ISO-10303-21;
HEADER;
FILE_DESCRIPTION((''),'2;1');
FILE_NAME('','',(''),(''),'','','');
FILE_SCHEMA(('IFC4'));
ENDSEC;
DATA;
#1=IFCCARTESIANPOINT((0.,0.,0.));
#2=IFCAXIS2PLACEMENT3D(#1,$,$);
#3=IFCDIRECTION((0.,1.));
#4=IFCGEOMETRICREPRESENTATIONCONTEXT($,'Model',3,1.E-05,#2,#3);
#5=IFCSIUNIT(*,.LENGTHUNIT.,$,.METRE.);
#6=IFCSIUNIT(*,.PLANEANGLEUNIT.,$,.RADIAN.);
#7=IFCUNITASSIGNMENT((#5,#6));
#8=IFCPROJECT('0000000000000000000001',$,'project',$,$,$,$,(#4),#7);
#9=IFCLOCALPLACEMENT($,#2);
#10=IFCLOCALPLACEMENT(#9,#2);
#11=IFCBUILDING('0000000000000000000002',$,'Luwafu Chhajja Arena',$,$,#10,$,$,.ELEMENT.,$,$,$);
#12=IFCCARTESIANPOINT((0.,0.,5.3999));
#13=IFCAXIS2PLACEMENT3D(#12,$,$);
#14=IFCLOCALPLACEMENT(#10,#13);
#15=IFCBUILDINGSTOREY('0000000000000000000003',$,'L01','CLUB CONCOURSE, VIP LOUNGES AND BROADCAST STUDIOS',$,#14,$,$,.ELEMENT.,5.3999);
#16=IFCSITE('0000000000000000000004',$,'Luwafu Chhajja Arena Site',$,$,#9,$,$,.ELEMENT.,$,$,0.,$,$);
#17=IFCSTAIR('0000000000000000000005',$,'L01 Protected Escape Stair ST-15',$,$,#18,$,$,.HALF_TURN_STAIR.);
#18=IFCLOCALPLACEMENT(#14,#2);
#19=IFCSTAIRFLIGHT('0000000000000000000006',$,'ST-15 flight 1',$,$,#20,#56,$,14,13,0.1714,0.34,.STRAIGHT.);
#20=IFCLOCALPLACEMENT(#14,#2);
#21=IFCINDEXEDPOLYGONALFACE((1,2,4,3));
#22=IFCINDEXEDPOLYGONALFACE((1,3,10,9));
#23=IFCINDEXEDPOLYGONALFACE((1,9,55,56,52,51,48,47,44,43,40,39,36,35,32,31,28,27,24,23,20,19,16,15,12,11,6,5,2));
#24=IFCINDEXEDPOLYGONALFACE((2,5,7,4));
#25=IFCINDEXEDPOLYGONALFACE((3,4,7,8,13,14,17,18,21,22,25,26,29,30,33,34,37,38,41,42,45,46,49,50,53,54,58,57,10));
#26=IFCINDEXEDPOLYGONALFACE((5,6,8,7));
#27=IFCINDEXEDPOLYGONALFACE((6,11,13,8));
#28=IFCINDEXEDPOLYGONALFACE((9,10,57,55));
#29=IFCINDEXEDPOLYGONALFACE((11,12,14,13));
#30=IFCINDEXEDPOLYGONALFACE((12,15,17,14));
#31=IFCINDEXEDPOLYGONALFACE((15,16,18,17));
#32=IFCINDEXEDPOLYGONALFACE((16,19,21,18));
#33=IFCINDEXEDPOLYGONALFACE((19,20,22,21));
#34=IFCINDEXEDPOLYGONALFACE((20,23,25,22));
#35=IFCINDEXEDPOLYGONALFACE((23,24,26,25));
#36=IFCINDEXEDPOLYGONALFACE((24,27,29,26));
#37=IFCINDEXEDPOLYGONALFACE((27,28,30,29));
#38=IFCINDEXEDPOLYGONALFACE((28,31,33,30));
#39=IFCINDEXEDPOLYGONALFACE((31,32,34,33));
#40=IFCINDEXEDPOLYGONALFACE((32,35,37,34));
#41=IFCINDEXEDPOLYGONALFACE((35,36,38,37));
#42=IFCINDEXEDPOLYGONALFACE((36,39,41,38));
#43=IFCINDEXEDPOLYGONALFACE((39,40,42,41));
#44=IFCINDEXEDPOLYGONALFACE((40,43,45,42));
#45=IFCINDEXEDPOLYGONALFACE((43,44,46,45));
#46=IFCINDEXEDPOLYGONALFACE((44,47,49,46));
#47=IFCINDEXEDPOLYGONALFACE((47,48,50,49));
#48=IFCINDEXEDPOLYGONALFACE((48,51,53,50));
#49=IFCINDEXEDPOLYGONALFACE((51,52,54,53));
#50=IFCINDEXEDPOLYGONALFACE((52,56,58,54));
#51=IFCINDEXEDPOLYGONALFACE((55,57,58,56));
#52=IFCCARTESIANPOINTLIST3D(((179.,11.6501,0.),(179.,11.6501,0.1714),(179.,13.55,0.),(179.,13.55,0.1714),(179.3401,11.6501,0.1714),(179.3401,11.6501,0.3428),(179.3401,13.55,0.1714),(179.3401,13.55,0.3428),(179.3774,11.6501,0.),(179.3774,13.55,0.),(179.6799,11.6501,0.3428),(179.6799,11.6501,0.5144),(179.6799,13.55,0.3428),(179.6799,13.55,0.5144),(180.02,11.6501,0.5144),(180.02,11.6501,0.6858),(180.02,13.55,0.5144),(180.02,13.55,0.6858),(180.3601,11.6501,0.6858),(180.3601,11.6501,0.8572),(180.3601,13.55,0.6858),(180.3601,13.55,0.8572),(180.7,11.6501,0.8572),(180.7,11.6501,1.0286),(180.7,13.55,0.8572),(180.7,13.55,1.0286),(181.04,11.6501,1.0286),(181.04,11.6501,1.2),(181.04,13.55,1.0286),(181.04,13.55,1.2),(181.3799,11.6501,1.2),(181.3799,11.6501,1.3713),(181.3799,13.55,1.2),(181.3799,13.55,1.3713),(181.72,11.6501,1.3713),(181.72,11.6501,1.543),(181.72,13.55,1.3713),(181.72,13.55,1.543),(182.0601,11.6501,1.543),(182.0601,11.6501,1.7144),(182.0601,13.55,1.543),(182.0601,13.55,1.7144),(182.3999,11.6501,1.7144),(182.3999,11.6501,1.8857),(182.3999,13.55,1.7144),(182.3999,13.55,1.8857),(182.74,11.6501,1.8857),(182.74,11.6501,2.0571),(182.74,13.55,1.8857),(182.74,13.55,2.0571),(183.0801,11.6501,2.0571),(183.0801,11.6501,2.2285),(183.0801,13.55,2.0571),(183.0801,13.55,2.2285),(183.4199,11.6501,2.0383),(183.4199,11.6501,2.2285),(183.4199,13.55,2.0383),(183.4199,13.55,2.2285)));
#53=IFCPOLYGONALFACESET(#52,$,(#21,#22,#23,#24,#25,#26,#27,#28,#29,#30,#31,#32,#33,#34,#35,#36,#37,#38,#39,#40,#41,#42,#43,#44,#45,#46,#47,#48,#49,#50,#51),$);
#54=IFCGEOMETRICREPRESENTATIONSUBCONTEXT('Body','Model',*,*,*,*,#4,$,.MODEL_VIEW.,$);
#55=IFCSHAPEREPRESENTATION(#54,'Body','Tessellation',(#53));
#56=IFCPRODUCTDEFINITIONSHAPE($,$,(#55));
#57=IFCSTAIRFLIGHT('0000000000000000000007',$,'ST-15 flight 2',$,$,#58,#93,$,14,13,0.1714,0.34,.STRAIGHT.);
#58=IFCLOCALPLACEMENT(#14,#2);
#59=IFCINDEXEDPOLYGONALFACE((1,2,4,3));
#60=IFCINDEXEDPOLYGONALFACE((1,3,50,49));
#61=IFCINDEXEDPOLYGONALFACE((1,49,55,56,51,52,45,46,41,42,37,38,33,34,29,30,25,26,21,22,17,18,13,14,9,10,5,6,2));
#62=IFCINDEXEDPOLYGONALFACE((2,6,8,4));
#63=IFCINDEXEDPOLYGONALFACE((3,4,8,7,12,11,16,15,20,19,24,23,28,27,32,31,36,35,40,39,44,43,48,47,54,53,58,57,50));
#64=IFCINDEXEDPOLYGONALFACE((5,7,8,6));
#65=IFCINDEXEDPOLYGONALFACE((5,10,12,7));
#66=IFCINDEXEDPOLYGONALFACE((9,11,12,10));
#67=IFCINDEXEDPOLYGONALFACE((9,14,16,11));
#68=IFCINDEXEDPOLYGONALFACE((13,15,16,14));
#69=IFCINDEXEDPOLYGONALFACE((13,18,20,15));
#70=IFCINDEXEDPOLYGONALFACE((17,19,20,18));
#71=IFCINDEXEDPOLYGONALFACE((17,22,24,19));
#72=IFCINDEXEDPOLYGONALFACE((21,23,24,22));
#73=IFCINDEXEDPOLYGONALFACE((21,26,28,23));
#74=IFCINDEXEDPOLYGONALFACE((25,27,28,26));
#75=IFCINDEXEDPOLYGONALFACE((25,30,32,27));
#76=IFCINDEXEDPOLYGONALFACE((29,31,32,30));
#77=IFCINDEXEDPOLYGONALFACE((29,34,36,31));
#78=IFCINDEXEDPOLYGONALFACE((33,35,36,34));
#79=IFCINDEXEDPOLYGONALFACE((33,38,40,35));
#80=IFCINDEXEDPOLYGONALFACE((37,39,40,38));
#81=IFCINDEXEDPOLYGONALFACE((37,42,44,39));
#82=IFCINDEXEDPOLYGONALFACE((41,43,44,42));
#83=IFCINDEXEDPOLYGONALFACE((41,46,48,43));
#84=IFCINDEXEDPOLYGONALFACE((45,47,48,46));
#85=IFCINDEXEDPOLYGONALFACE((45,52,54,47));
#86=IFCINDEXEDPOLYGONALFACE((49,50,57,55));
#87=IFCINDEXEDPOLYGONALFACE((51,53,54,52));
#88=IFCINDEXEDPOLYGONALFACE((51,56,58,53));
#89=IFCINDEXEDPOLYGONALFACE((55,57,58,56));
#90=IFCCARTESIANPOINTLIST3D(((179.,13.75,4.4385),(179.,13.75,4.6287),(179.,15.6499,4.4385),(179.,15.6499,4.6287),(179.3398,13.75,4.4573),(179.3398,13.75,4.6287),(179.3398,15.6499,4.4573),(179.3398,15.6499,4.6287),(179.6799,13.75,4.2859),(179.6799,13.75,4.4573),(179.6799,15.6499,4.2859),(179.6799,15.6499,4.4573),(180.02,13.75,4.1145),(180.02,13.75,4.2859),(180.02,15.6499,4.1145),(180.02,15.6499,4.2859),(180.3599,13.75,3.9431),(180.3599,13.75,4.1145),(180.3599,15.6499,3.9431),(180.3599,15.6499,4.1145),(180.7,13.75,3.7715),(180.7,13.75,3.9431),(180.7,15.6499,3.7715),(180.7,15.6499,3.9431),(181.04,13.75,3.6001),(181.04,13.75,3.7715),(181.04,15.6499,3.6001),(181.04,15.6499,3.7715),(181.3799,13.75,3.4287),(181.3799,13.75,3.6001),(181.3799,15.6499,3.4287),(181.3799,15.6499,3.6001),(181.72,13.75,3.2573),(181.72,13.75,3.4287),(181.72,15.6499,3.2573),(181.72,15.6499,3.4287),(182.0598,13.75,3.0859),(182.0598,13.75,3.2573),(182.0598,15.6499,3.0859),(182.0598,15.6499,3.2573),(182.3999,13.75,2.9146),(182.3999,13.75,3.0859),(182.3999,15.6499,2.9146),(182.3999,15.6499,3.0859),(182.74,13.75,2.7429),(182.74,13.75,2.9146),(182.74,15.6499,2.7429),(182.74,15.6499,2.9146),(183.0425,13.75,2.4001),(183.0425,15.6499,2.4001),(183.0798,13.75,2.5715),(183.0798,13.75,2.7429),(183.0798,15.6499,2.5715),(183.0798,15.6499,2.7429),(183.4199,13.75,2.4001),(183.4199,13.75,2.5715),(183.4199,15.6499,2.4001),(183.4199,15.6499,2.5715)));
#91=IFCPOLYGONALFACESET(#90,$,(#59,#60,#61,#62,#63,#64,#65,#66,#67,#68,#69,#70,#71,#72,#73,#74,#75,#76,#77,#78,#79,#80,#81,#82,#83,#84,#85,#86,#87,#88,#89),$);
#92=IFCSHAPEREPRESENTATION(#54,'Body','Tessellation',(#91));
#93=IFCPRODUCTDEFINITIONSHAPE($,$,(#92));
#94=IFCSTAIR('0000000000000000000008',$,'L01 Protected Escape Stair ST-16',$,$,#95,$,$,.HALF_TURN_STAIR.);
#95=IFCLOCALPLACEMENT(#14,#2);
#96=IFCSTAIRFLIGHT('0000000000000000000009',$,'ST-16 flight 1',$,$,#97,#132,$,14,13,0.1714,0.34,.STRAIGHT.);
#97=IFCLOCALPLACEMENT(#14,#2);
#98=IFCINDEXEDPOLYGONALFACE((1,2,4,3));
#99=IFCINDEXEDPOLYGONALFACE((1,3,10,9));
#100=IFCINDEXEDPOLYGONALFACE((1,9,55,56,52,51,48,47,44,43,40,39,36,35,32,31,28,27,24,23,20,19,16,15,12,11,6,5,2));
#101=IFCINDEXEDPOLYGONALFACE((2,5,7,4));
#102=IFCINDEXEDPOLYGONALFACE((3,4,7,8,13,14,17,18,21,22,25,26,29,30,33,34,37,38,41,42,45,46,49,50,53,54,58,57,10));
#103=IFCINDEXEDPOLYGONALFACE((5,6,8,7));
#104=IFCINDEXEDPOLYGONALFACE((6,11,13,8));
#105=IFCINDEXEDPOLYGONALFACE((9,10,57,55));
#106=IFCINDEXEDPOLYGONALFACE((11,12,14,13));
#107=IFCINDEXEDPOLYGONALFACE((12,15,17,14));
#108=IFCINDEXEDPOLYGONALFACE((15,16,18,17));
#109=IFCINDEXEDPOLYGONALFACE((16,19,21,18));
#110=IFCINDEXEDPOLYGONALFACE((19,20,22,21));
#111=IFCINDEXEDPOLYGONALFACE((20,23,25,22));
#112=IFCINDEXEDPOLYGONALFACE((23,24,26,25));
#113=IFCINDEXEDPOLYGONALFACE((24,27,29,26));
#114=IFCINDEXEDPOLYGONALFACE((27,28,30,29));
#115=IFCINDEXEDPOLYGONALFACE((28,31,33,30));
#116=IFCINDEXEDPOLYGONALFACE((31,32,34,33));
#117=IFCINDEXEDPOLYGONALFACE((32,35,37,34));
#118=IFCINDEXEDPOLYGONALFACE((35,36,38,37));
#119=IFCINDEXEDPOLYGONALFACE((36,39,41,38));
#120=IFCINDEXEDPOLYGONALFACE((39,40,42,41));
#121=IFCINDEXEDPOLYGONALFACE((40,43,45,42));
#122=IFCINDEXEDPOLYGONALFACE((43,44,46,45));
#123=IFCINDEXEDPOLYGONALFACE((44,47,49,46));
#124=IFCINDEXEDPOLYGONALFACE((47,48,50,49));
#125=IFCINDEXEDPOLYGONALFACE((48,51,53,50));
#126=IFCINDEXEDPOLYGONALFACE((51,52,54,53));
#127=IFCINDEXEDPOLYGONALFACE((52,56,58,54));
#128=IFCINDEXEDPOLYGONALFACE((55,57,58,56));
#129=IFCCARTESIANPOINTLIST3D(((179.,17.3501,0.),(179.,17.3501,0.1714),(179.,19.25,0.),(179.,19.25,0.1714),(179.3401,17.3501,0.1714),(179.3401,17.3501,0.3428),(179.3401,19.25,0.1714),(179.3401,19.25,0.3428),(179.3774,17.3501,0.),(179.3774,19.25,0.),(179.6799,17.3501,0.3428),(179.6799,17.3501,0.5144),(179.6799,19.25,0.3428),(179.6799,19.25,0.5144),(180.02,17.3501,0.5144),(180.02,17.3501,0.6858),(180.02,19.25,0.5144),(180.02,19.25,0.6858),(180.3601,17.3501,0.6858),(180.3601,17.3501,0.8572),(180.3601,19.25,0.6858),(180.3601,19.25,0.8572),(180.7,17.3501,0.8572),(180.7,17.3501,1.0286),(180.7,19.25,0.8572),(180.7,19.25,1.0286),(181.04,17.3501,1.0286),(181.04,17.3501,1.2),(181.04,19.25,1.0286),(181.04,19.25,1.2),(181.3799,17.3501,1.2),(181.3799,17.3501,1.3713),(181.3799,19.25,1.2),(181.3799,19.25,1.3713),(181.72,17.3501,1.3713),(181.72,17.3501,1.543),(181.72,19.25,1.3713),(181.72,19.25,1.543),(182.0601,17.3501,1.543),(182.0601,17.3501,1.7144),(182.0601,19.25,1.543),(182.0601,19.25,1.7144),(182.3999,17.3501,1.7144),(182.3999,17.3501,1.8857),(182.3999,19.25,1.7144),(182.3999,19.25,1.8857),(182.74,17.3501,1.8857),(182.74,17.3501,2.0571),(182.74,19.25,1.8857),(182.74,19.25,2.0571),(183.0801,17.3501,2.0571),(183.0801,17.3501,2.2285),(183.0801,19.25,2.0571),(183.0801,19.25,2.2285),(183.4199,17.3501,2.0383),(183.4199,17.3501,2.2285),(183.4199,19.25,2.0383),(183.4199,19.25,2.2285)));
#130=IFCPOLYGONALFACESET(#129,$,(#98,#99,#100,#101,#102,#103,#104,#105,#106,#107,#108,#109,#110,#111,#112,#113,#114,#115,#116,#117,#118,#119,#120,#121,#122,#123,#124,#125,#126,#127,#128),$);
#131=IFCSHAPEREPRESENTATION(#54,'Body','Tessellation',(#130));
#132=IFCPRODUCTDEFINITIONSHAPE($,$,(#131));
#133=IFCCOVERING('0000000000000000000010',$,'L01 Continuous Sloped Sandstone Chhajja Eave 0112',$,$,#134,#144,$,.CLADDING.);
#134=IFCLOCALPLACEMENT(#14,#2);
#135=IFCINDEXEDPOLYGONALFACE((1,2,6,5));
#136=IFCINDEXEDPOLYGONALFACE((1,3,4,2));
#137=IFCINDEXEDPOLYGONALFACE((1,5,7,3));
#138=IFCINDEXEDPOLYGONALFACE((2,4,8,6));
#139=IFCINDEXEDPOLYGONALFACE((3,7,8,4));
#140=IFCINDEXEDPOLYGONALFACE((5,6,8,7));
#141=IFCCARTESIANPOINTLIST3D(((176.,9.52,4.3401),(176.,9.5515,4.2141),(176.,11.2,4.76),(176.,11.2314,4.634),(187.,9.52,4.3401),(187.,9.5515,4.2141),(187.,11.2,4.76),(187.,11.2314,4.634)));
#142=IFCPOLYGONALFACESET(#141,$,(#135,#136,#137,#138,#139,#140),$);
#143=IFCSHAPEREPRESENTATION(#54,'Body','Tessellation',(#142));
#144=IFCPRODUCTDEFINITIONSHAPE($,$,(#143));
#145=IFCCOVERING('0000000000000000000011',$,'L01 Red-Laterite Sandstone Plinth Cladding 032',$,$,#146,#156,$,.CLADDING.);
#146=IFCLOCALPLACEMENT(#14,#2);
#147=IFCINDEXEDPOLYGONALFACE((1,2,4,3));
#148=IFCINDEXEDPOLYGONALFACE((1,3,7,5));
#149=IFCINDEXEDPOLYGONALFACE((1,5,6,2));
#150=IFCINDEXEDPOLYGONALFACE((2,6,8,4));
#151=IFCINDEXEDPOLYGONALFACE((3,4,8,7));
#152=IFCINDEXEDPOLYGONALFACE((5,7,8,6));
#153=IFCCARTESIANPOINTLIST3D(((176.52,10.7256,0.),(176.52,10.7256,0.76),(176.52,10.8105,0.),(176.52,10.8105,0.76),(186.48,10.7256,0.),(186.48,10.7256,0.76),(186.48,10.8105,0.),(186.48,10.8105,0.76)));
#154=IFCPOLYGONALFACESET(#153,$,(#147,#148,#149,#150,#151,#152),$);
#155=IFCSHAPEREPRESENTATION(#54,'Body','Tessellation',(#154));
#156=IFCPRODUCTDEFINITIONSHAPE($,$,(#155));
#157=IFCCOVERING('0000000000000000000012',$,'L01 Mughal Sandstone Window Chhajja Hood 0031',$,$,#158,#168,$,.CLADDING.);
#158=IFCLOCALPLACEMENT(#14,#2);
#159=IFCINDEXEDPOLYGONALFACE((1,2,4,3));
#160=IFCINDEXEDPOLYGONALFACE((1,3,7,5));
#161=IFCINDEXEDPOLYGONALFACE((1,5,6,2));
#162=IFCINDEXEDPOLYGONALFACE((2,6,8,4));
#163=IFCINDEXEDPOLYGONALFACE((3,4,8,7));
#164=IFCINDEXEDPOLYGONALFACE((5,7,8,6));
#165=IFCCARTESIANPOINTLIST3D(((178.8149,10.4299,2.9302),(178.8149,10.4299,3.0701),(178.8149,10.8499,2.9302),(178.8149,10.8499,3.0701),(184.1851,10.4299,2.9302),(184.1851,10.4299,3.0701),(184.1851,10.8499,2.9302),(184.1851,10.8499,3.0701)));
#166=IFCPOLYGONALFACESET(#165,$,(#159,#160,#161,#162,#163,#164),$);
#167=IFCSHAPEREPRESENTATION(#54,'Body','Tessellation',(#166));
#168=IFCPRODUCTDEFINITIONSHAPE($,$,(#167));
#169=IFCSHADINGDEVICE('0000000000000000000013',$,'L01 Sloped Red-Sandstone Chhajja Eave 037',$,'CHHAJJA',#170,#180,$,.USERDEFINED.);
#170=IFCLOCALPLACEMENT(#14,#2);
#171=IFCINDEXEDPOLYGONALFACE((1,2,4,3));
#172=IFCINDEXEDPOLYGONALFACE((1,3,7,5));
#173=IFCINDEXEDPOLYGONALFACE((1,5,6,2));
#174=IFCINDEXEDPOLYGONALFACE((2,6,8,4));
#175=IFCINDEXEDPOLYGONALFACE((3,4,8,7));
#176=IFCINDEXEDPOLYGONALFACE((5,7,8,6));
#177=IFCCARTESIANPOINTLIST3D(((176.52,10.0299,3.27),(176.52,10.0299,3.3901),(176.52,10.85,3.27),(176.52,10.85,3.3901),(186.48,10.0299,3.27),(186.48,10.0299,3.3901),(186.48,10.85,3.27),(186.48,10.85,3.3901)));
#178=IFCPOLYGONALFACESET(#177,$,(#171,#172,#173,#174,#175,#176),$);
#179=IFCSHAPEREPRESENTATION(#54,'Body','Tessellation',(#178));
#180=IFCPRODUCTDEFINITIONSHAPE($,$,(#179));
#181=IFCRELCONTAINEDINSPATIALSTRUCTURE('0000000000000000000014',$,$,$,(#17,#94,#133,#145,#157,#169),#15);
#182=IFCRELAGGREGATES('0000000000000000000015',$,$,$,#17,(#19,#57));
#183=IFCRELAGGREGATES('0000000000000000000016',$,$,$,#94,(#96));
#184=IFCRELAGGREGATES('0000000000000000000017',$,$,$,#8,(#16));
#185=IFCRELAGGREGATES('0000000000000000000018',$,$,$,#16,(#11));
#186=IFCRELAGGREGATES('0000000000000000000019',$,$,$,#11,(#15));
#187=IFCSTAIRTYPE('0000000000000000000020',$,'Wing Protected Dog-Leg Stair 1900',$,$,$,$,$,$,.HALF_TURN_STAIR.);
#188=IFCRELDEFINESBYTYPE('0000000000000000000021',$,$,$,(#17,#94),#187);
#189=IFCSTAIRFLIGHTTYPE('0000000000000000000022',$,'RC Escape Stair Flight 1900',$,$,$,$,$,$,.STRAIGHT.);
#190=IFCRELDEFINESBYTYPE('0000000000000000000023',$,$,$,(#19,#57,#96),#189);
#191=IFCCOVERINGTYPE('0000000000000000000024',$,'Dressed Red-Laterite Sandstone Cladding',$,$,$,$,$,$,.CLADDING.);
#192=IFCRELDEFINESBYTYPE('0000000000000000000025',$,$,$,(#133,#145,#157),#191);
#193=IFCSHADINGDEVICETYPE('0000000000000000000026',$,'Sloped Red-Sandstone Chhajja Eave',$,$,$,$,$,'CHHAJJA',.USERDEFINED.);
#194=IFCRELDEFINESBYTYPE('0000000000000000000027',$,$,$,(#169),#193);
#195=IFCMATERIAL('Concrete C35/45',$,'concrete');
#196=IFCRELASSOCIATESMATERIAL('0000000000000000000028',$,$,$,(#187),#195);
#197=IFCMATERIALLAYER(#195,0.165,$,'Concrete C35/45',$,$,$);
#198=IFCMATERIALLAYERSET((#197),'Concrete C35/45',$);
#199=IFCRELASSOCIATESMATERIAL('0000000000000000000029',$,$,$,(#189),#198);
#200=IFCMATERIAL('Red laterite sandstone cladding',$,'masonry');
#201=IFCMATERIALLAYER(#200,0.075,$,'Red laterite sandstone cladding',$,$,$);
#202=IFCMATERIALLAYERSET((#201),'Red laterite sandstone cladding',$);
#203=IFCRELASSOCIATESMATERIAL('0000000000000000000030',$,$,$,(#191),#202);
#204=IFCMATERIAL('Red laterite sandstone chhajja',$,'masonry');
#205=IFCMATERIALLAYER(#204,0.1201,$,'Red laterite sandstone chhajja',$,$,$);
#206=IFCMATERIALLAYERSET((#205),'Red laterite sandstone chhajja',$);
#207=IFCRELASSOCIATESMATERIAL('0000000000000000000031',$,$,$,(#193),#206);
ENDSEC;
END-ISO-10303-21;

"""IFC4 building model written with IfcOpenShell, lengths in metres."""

from ifc_helpers import new_model, si_unit, direction, frame, origin, origin_2d, place, context, subcontext, project, spatial, polyline, rectangle, outline, extrude, material, layer, layer_set, type_object, element, aggregate, save


model = new_model("IFC4")

# Units and contexts
model_context = context("Model", 3, precision=1e-05, world=origin(), true_north=direction((0.0, 1.0)))
body_context = subcontext(model_context, "Body", "Model", "MODEL_VIEW")
ifc_project = project(units=[si_unit("LENGTHUNIT", "METRE"), si_unit("PLANEANGLEUNIT", "RADIAN")], contexts=[model_context])

# Site, building, storey
site_placement = place(None, origin())
site = spatial("IfcSite", under=ifc_project, at=site_placement, Name="Luwafu Chhajja Arena Site", CompositionType="ELEMENT", RefElevation=0.0)
building_placement = place(site_placement, origin())
building = spatial("IfcBuilding", under=site, at=building_placement, Name="Luwafu Chhajja Arena", CompositionType="ELEMENT")
storey_placement = place(building_placement, frame((0.0, 0.0, 5.3999)))
storey = spatial("IfcBuildingStorey", under=building, at=storey_placement, Name="L01", Description="CLUB CONCOURSE, VIP LOUNGES AND BROADCAST STUDIOS", CompositionType="ELEMENT", Elevation=5.3999)

# Shared definitions
ifc_material_1 = material(Name="Concrete C35/45", Category="concrete")

# Stair, stair flights
stair_type = type_object("IfcStairType", Name="Wing Protected Dog-Leg Stair 1900", PredefinedType="HALF_TURN_STAIR", material=ifc_material_1)
stair_1_placement = place(storey_placement, origin())
stair_1 = element("IfcStair", 1, at=stair_1_placement, inside=storey, type_object=stair_type, Name="L01 Protected Escape Stair ST-15", PredefinedType="HALF_TURN_STAIR")
ifc_layer_1 = layer(ifc_material_1, 0.165, Name="Concrete C35/45")
ifc_layer_set_1 = layer_set([ifc_layer_1], Name="Concrete C35/45")
stair_flight_type = type_object("IfcStairFlightType", Name="RC Escape Stair Flight 1900", PredefinedType="STRAIGHT", material=ifc_layer_set_1)
stair_flight_1_placement = place(storey_placement, frame((179.0, 12.6001, 0.0), z_axis=(0.0, 0.0, 1.0), x_axis=(1.0, 0.0, 0.0)))
stair_flight_1 = element("IfcStairFlight", 2, at=stair_flight_1_placement, type_object=stair_flight_type, Name="ST-15 flight 1", NumberOfRisers=14, NumberOfTreads=13, PredefinedType="STRAIGHT", RiserHeight=0.1714, TreadLength=0.34, context=body_context, shape_type="SweptSolid", body=[
    extrude(outline(polyline([(0.0, 0.0), (0.0, 0.1714), (0.3401, 0.1714), (0.3401, 0.3428), (0.6799, 0.3428), (0.6799, 0.5144), (1.02, 0.5144), (1.02, 0.6858), (1.3601, 0.6858), (1.3601, 0.8572), (1.7, 0.8572), (1.7, 1.0286), (2.04, 1.0286), (2.04, 1.2), (2.3799, 1.2), (2.3799, 1.3713), (2.72, 1.3713), (2.72, 1.543), (3.0601, 1.543), (3.0601, 1.7144), (3.3999, 1.7144), (3.3999, 1.8857), (3.74, 1.8857), (3.74, 2.0571), (4.0801, 2.0571), (4.0801, 2.2285), (4.4199, 2.2285), (4.4199, 2.3999), (4.4199, 2.0383), (0.3774, 0.0), (0.0, 0.0)])), frame((0.0, 0.95, 0.0), z_axis=(0.0, -1.0, 0.0), x_axis=(1.0, 0.0, 0.0)), (0.0, 0.0, 1.0), 1.8999),
])
stair_flight_2_placement = place(storey_placement, frame((183.4199, 14.7, 2.4001), z_axis=(0.0, 0.0, 1.0), x_axis=(-1.0, 0.0, 0.0)))
stair_flight_2 = element("IfcStairFlight", 3, at=stair_flight_2_placement, type_object=stair_flight_type, Name="ST-15 flight 2", NumberOfRisers=14, NumberOfTreads=13, PredefinedType="STRAIGHT", RiserHeight=0.1714, TreadLength=0.34, context=body_context, shape_type="SweptSolid", body=[
    extrude(outline(polyline([(0.0, 0.0), (0.0, 0.1714), (0.3401, 0.1714), (0.3401, 0.3428), (0.6799, 0.3428), (0.6799, 0.5144), (1.02, 0.5144), (1.02, 0.6858), (1.3601, 0.6858), (1.3601, 0.8572), (1.7, 0.8572), (1.7, 1.0286), (2.04, 1.0286), (2.04, 1.2), (2.3799, 1.2), (2.3799, 1.3713), (2.72, 1.3713), (2.72, 1.543), (3.0601, 1.543), (3.0601, 1.7144), (3.3999, 1.7144), (3.3999, 1.8857), (3.74, 1.8857), (3.74, 2.0571), (4.0801, 2.0571), (4.0801, 2.2285), (4.4199, 2.2285), (4.4199, 2.3999), (4.4199, 2.0383), (0.3774, 0.0), (0.0, 0.0)])), frame((0.0, 0.95, 0.0), z_axis=(0.0, -1.0, 0.0), x_axis=(1.0, 0.0, 0.0)), (0.0, 0.0, 1.0), 1.8999),
])
aggregate(stair_1, [stair_flight_1, stair_flight_2])

# Stair, stair flight
stair_2_placement = place(storey_placement, origin())
stair_2 = element("IfcStair", 4, at=stair_2_placement, inside=storey, type_object=stair_type, Name="L01 Protected Escape Stair ST-16", PredefinedType="HALF_TURN_STAIR")
stair_flight_3_placement = place(storey_placement, frame((179.0, 18.3, 0.0), z_axis=(0.0, 0.0, 1.0), x_axis=(1.0, 0.0, 0.0)))
stair_flight_3 = element("IfcStairFlight", 5, at=stair_flight_3_placement, type_object=stair_flight_type, Name="ST-16 flight 1", NumberOfRisers=14, NumberOfTreads=13, PredefinedType="STRAIGHT", RiserHeight=0.1714, TreadLength=0.34, context=body_context, shape_type="SweptSolid", body=[
    extrude(outline(polyline([(0.0, 0.0), (0.0, 0.1714), (0.3401, 0.1714), (0.3401, 0.3428), (0.6799, 0.3428), (0.6799, 0.5144), (1.02, 0.5144), (1.02, 0.6858), (1.3601, 0.6858), (1.3601, 0.8572), (1.7, 0.8572), (1.7, 1.0286), (2.04, 1.0286), (2.04, 1.2), (2.3799, 1.2), (2.3799, 1.3713), (2.72, 1.3713), (2.72, 1.543), (3.0601, 1.543), (3.0601, 1.7144), (3.3999, 1.7144), (3.3999, 1.8857), (3.74, 1.8857), (3.74, 2.0571), (4.0801, 2.0571), (4.0801, 2.2285), (4.4199, 2.2285), (4.4199, 2.3999), (4.4199, 2.0383), (0.3774, 0.0), (0.0, 0.0)])), frame((0.0, 0.95, 0.0), z_axis=(0.0, -1.0, 0.0), x_axis=(1.0, 0.0, 0.0)), (0.0, 0.0, 1.0), 1.8999),
])
aggregate(stair_2, [stair_flight_3])

# Coverings
ifc_material_2 = material(Name="Red laterite sandstone cladding", Category="masonry")
ifc_layer_2 = layer(ifc_material_2, 0.075, Name="Red laterite sandstone cladding")
ifc_layer_set_2 = layer_set([ifc_layer_2], Name="Red laterite sandstone cladding")
covering_type = type_object("IfcCoveringType", Name="Dressed Red-Laterite Sandstone Cladding", PredefinedType="CLADDING", material=ifc_layer_set_2)
covering_1_placement = place(storey_placement, frame((176.0, 11.2, 4.76), z_axis=(0.0, -0.242502, 0.970151), x_axis=(1.0, 0.0, 0.0)))
element("IfcCovering", 6, at=covering_1_placement, inside=storey, type_object=covering_type, Name="L01 Continuous Sloped Sandstone Chhajja Eave 0112", PredefinedType="CLADDING", context=body_context, shape_type="SweptSolid", body=[
    extrude(outline(polyline([(0.0, 0.0), (11.0, 0.0), (11.0, -1.7316), (0.0, -1.7316), (0.0, 0.0)])), origin(), (0.0, 0.0, -1.0), 0.1299),
])
covering_2_placement = place(storey_placement, frame((181.5, 10.7681, 0.0), z_axis=(0.0, 0.0, 1.0), x_axis=(1.0, 0.0, 0.0)))
element("IfcCovering", 7, at=covering_2_placement, inside=storey, type_object=covering_type, Name="L01 Red-Laterite Sandstone Plinth Cladding 032", PredefinedType="CLADDING", context=body_context, shape_type="SweptSolid", body=[
    extrude(rectangle(XDim=9.96, YDim=0.085, at=origin_2d()), origin(), (0.0, 0.0, 1.0), 0.76),
])
covering_3_placement = place(storey_placement, frame((181.5, 10.6399, 2.9302), z_axis=(0.0, 0.0, 1.0), x_axis=(1.0, 0.0, 0.0)))
element("IfcCovering", 8, at=covering_3_placement, inside=storey, type_object=covering_type, Name="L01 Mughal Sandstone Window Chhajja Hood 0031", PredefinedType="CLADDING", context=body_context, shape_type="SweptSolid", body=[
    extrude(rectangle(XDim=5.3701, YDim=0.4199, at=origin_2d()), origin(), (0.0, 0.0, 1.0), 0.1399),
])

# Shading device
ifc_material_3 = material(Name="Red laterite sandstone chhajja", Category="masonry")
ifc_layer_3 = layer(ifc_material_3, 0.1201, Name="Red laterite sandstone chhajja")
ifc_layer_set_3 = layer_set([ifc_layer_3], Name="Red laterite sandstone chhajja")
shading_device_type = type_object("IfcShadingDeviceType", Name="Sloped Red-Sandstone Chhajja Eave", ElementType="CHHAJJA", PredefinedType="USERDEFINED", material=ifc_layer_set_3)
shading_device_placement = place(storey_placement, frame((181.5, 10.4399, 3.27), z_axis=(0.0, 0.0, 1.0), x_axis=(1.0, 0.0, 0.0)))
element("IfcShadingDevice", 9, at=shading_device_placement, inside=storey, type_object=shading_device_type, Name="L01 Sloped Red-Sandstone Chhajja Eave 037", ObjectType="CHHAJJA", PredefinedType="USERDEFINED", context=body_context, shape_type="SweptSolid", body=[
    extrude(rectangle(XDim=9.96, YDim=0.8201, at=origin_2d()), origin(), (0.0, 0.0, 1.0), 0.1201),
])

save(model, "model.ifc")
